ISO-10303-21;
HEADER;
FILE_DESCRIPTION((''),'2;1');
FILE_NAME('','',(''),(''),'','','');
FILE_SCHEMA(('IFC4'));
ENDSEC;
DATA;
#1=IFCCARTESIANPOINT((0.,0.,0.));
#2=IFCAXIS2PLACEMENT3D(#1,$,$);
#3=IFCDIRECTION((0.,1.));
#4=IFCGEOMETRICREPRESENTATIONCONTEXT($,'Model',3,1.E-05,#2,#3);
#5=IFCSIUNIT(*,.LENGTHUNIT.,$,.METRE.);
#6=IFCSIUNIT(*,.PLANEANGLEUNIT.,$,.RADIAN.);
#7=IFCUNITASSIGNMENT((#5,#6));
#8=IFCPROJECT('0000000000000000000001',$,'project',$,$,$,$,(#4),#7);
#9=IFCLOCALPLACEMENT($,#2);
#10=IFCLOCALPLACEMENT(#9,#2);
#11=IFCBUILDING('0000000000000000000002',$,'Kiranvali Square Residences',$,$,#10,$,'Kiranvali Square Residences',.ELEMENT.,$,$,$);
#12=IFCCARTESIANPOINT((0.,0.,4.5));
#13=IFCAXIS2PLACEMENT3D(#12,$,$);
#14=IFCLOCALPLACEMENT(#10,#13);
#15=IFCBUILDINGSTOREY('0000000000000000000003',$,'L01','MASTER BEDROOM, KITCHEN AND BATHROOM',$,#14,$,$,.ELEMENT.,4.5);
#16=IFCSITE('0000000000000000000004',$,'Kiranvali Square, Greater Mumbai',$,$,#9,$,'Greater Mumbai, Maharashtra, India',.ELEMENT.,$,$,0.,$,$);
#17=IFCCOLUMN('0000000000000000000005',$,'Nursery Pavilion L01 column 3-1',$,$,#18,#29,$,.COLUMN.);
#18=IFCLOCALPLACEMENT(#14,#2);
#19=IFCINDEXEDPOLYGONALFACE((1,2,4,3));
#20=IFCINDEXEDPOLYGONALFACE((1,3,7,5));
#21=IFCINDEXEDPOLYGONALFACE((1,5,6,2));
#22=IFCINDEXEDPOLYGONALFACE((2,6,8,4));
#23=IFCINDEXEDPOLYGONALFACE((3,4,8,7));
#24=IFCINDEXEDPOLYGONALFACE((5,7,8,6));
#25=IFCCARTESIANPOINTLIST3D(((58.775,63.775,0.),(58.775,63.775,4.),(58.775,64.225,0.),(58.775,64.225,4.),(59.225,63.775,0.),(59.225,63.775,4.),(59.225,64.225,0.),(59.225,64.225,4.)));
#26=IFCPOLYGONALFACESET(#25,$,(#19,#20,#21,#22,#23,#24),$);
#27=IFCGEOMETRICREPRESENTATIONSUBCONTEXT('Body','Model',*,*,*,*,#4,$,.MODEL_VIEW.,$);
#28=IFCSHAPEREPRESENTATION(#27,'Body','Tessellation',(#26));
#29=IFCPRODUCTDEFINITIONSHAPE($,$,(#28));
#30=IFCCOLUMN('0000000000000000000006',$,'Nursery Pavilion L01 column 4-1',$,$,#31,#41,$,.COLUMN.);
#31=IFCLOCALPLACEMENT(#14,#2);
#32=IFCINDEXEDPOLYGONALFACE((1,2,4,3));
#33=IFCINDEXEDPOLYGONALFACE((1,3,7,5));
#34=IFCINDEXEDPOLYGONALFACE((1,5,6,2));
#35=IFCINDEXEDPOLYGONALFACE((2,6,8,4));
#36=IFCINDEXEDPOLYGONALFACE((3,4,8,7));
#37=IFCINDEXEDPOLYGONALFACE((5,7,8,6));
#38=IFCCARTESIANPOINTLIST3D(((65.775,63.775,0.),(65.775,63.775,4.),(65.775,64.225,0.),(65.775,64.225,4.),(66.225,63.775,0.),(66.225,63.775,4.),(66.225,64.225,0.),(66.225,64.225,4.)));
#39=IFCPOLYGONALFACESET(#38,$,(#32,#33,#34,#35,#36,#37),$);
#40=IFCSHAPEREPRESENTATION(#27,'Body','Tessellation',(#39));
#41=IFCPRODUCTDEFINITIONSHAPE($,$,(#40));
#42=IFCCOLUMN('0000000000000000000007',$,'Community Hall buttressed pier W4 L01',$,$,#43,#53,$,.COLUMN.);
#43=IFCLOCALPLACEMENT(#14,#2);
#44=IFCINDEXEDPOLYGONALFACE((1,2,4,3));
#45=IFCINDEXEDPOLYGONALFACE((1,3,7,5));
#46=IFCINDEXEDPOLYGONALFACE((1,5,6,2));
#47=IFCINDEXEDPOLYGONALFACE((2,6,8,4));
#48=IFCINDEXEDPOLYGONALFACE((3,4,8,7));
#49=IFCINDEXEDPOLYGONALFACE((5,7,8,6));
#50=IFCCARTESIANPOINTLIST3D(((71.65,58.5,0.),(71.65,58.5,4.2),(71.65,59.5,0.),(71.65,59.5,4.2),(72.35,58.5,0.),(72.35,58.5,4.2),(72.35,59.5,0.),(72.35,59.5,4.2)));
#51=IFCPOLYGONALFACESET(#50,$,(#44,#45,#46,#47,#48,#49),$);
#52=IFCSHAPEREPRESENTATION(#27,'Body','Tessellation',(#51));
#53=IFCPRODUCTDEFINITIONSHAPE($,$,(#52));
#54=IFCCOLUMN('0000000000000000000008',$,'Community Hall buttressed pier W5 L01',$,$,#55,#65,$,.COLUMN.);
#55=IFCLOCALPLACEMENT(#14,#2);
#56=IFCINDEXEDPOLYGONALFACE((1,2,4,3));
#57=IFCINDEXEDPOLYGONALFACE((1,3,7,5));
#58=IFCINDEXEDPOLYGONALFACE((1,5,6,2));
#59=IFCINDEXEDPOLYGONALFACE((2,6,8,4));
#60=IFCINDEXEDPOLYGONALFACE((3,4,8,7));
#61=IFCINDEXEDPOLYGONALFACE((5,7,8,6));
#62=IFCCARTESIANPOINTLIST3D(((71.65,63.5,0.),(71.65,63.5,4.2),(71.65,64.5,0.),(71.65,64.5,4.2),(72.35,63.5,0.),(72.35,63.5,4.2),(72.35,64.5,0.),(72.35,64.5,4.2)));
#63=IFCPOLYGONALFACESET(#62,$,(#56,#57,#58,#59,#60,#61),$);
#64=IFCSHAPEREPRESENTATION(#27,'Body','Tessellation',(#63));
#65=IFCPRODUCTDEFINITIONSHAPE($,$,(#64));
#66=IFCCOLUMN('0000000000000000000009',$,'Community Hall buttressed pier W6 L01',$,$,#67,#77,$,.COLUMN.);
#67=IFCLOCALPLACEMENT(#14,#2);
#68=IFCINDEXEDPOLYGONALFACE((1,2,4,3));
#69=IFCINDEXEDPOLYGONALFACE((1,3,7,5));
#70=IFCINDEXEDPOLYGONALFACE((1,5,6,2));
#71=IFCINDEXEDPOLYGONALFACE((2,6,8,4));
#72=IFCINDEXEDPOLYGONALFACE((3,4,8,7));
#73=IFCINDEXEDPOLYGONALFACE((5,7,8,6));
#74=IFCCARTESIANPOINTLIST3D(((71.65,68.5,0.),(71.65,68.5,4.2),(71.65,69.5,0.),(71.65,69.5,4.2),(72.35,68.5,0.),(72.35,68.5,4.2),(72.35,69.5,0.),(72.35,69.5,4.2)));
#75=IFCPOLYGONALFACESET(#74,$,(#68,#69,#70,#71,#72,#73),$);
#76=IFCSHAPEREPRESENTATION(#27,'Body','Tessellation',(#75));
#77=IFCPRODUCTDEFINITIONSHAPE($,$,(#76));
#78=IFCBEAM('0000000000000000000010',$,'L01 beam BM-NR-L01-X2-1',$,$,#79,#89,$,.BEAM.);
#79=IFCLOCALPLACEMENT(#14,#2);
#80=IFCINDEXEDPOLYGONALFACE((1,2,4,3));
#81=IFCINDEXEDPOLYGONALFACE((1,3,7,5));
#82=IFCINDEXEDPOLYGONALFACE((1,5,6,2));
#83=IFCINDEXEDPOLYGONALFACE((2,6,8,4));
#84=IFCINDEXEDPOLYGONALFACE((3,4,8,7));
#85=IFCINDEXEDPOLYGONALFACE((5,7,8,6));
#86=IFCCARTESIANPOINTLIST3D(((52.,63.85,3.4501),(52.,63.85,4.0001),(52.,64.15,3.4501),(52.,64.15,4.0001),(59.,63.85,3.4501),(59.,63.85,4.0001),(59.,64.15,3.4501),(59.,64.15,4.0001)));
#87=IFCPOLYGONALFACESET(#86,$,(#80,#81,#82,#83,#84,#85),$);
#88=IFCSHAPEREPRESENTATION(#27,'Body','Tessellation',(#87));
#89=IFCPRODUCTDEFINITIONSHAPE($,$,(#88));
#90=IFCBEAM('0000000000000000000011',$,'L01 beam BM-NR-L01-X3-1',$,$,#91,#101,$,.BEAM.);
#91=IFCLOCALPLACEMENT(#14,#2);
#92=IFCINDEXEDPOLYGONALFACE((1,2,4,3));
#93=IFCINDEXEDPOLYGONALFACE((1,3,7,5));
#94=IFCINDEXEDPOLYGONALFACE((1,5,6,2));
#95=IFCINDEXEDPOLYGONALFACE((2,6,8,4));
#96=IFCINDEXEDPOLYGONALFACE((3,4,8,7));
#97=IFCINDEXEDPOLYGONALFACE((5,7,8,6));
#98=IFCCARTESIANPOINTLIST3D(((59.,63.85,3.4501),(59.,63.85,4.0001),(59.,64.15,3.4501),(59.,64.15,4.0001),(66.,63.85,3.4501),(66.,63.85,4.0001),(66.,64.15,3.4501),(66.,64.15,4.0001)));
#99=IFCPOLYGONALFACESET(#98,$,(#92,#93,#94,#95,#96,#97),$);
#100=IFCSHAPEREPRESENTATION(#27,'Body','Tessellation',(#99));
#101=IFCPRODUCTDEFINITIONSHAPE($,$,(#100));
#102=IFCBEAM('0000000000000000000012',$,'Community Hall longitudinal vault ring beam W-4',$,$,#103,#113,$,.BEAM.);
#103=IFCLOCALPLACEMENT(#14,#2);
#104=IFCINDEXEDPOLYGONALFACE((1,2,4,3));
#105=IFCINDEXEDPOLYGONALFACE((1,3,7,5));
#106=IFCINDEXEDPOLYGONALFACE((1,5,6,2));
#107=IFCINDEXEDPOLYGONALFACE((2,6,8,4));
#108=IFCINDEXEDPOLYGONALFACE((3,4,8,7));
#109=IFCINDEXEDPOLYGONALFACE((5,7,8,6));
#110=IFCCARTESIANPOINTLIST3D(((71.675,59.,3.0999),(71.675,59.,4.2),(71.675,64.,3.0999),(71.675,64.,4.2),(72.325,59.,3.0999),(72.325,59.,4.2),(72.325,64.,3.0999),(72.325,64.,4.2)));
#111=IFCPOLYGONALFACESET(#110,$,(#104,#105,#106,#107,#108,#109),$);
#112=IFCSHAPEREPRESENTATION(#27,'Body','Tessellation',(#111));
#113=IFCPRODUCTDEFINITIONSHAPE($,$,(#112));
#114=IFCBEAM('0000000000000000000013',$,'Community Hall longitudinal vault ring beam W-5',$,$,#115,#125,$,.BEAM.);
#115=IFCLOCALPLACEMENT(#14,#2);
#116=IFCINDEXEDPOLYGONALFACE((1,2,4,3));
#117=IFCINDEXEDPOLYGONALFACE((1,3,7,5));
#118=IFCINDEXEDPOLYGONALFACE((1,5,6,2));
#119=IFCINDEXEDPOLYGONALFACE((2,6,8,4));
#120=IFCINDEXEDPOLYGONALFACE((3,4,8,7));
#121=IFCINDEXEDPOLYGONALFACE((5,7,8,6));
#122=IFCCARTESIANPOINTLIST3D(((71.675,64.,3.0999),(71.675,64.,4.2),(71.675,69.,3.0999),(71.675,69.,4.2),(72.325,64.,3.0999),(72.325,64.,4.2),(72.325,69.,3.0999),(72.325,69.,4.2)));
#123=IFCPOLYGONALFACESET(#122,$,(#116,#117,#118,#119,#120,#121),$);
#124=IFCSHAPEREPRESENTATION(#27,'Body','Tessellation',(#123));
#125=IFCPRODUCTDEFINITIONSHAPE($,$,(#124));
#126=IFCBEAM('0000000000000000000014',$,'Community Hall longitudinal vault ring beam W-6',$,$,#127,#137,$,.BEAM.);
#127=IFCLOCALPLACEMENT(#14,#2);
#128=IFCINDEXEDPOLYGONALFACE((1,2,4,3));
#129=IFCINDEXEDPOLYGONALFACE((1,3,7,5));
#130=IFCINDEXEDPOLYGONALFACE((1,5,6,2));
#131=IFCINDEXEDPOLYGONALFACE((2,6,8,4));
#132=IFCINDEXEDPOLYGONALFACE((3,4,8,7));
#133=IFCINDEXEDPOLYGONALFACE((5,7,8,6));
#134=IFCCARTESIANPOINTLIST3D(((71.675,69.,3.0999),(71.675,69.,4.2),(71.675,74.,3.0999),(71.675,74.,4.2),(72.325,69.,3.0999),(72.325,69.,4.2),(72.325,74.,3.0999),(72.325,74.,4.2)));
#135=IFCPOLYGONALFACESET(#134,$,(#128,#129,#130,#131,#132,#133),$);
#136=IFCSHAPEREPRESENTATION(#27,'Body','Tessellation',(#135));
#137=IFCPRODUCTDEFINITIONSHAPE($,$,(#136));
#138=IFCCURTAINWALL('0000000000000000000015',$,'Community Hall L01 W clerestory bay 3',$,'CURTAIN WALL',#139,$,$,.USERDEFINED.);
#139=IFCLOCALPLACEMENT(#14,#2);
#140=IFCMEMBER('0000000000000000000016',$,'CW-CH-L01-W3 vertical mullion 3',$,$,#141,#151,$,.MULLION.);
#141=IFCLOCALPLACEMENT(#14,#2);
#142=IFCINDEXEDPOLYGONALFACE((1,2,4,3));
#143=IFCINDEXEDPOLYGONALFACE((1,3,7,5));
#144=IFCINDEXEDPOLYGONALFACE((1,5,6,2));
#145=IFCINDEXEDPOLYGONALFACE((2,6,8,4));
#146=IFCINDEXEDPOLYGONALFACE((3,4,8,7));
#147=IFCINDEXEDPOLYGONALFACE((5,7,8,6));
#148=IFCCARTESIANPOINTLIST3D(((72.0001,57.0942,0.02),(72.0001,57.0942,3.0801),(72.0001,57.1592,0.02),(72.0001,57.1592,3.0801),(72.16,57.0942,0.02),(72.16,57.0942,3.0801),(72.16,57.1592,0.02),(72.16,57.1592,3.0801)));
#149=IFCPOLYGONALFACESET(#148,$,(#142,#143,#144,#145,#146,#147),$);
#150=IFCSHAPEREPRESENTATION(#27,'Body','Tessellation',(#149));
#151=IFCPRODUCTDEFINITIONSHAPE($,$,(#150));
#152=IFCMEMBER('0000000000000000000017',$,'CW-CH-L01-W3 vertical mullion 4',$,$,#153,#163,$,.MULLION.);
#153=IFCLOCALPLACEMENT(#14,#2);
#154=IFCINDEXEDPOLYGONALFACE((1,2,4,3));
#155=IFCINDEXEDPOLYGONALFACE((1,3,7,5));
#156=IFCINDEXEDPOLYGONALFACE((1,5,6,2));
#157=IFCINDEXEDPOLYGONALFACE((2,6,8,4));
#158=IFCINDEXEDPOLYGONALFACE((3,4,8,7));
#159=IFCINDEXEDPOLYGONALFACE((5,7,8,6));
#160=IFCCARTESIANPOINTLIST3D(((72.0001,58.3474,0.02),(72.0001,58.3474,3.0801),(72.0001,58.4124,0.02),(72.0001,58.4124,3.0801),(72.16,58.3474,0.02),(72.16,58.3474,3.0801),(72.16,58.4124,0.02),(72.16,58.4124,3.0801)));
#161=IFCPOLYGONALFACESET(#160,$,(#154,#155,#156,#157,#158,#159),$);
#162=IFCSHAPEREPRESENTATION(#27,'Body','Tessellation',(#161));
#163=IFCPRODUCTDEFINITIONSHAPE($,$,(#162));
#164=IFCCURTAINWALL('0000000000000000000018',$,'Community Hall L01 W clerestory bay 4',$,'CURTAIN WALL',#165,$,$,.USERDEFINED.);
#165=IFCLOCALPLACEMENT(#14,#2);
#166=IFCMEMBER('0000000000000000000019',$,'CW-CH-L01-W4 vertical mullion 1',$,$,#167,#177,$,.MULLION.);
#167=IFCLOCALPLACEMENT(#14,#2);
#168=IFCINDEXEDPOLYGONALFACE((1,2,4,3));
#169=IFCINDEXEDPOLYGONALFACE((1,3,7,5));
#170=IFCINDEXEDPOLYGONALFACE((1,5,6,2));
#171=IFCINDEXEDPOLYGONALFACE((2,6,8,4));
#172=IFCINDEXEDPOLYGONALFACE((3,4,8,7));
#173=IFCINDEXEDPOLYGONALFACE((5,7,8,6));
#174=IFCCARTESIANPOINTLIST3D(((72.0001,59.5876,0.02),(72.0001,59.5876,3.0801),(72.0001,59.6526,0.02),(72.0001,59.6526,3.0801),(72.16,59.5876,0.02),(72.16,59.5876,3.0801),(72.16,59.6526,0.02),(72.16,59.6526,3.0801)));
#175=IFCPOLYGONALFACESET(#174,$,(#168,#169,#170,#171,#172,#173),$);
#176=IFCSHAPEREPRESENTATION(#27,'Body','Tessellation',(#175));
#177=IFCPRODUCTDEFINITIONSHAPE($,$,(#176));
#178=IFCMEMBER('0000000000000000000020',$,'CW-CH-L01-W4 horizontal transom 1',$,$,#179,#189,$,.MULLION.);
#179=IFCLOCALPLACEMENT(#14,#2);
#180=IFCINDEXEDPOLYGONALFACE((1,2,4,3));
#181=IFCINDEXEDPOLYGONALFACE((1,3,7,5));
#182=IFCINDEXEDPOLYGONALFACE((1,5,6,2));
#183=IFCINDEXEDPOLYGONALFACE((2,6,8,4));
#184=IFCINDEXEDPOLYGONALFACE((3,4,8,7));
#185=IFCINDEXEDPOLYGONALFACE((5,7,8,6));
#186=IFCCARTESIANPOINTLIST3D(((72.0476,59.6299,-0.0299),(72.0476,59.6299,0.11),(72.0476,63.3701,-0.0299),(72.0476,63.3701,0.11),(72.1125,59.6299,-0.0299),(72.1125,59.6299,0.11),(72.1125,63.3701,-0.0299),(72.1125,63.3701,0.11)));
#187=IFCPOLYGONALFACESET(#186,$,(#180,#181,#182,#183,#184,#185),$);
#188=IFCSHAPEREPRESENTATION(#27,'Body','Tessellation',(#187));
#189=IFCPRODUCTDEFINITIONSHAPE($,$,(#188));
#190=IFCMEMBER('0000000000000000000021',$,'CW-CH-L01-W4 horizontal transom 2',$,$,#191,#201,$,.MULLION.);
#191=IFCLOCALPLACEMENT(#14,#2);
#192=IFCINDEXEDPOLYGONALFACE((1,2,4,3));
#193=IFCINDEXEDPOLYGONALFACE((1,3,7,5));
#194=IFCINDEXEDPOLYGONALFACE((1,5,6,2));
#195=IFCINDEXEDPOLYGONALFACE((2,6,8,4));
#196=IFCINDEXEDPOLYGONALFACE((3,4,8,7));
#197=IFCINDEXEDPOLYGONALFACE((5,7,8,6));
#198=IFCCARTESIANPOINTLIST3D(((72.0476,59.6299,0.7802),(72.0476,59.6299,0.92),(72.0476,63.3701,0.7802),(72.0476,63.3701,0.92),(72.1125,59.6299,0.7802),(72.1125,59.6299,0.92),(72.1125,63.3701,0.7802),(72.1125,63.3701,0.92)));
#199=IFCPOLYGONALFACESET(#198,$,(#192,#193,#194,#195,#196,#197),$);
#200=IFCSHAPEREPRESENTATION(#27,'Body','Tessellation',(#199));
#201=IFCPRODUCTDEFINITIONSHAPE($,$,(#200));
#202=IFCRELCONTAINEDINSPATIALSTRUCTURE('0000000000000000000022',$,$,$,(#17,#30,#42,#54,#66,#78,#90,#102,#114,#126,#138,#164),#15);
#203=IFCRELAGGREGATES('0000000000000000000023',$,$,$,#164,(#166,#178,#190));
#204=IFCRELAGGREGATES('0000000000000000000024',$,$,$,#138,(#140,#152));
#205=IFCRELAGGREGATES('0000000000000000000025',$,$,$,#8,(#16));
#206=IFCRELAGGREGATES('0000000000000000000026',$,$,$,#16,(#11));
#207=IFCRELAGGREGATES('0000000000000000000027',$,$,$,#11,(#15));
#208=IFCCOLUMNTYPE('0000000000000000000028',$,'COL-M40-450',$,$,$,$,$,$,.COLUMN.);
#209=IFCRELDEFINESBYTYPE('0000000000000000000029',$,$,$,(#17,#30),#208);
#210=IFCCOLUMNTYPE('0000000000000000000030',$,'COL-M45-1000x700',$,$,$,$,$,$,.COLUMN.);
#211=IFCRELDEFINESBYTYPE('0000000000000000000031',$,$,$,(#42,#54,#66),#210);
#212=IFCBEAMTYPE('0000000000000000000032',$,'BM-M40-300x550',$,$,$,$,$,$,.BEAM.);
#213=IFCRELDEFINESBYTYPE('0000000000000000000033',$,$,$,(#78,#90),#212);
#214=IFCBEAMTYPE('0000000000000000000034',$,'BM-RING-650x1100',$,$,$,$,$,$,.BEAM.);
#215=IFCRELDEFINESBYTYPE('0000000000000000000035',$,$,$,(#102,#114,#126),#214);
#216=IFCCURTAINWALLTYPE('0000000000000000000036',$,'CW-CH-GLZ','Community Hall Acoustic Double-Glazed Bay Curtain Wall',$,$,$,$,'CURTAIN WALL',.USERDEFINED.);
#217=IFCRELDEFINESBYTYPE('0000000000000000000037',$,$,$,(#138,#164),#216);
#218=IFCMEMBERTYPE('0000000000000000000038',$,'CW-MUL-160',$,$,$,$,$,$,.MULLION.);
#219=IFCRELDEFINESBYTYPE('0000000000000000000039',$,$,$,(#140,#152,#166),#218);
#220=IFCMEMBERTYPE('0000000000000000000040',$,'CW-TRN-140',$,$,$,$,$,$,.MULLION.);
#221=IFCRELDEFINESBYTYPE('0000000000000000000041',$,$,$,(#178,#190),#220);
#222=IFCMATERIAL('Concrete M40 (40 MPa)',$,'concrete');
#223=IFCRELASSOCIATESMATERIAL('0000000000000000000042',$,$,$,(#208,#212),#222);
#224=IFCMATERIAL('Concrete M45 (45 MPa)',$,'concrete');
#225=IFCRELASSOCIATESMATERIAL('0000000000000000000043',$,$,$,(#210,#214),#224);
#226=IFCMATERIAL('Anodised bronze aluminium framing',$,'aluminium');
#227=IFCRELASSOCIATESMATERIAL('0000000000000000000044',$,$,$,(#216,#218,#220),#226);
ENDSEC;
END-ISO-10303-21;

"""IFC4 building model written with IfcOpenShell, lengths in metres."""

from ifc_helpers import new_model, si_unit, direction, frame, origin, origin_2d, place, context, subcontext, project, spatial, rectangle, extrude, material, material_profile, profile_set, type_object, element, aggregate, save


model = new_model("IFC4")

# Units and contexts
model_context = context("Model", 3, precision=1e-05, world=origin(), true_north=direction((0.0, 1.0)))
body_context = subcontext(model_context, "Body", "Model", "MODEL_VIEW")
ifc_project = project(units=[si_unit("LENGTHUNIT", "METRE"), si_unit("PLANEANGLEUNIT", "RADIAN")], contexts=[model_context])

# Site, building, storey
site_placement = place(None, origin())
site = spatial("IfcSite", under=ifc_project, at=site_placement, Name="Kiranvali Square, Greater Mumbai", LongName="Greater Mumbai, Maharashtra, India", CompositionType="ELEMENT", RefElevation=0.0)
building_placement = place(site_placement, origin())
building = spatial("IfcBuilding", under=site, at=building_placement, Name="Kiranvali Square Residences", LongName="Kiranvali Square Residences", CompositionType="ELEMENT")
storey_placement = place(building_placement, frame((0.0, 0.0, 4.5)))
storey = spatial("IfcBuildingStorey", under=building, at=storey_placement, Name="L01", Description="MASTER BEDROOM, KITCHEN AND BATHROOM", CompositionType="ELEMENT", Elevation=4.5)

# Columns
ifc_material_1 = material(Name="Concrete M40 (40 MPa)", Category="concrete")
ifc_material_profile_1 = material_profile(ifc_material_1, rectangle(XDim=0.45, YDim=0.45, at=origin_2d()), Name="RC 450x450")
ifc_profile_set_1 = profile_set([ifc_material_profile_1], Name="Concrete M40 (40 MPa)")
column_type_1 = type_object("IfcColumnType", Name="COL-M40-450", PredefinedType="COLUMN", material=ifc_profile_set_1)
for number, where, z_axis, x_axis, name in (
    (1, (59.0, 64.0, 0.0), (0.0, 0.0, 1.0), (1.0, 0.0, 0.0), "Nursery Pavilion L01 column 3-1"),
    (2, (66.0, 64.0, 0.0), (0.0, 0.0, 1.0), (1.0, 0.0, 0.0), "Nursery Pavilion L01 column 4-1"),
):
    element("IfcColumn", number, at=place(storey_placement, frame(where, z_axis=z_axis, x_axis=x_axis)), inside=storey, type_object=column_type_1, Name=name, PredefinedType="COLUMN", context=body_context, shape_type="SweptSolid", body=[
        extrude(rectangle(XDim=0.45, YDim=0.45, at=origin_2d()), origin(), (0.0, 0.0, 1.0), 4.0),
    ])
ifc_material_2 = material(Name="Concrete M45 (45 MPa)", Category="concrete")
ifc_material_profile_2 = material_profile(ifc_material_2, rectangle(XDim=0.7, YDim=1.0, at=origin_2d()), Name="RC 1000x700")
ifc_profile_set_2 = profile_set([ifc_material_profile_2], Name="Concrete M45 (45 MPa)")
column_type_2 = type_object("IfcColumnType", Name="COL-M45-1000x700", PredefinedType="COLUMN", material=ifc_profile_set_2)
for number, where, z_axis, x_axis, name in (
    (3, (72.0, 59.0, 0.0), (0.0, 0.0, 1.0), (1.0, 0.0, 0.0), "Community Hall buttressed pier W4 L01"),
    (4, (72.0, 64.0, 0.0), (0.0, 0.0, 1.0), (1.0, 0.0, 0.0), "Community Hall buttressed pier W5 L01"),
    (5, (72.0, 69.0, 0.0), (0.0, 0.0, 1.0), (1.0, 0.0, 0.0), "Community Hall buttressed pier W6 L01"),
):
    element("IfcColumn", number, at=place(storey_placement, frame(where, z_axis=z_axis, x_axis=x_axis)), inside=storey, type_object=column_type_2, Name=name, PredefinedType="COLUMN", context=body_context, shape_type="SweptSolid", body=[
        extrude(rectangle(XDim=0.7, YDim=1.0, at=origin_2d()), origin(), (0.0, 0.0, 1.0), 4.2),
    ])

# Beams
ifc_material_profile_3 = material_profile(ifc_material_1, rectangle(XDim=0.3, YDim=0.55, at=origin_2d()), Name="RC 300x550")
ifc_profile_set_3 = profile_set([ifc_material_profile_3], Name="Concrete M40 (40 MPa)")
beam_type_1 = type_object("IfcBeamType", Name="BM-M40-300x550", PredefinedType="BEAM", material=ifc_profile_set_3)
for number, where, z_axis, x_axis, name in (
    (6, (52.0, 64.0, 3.7251), (1.0, 0.0, 0.0), (0.0, 1.0, 0.0), "L01 beam BM-NR-L01-X2-1"),
    (7, (59.0, 64.0, 3.7251), (1.0, 0.0, 0.0), (0.0, 1.0, 0.0), "L01 beam BM-NR-L01-X3-1"),
):
    element("IfcBeam", number, at=place(storey_placement, frame(where, z_axis=z_axis, x_axis=x_axis)), inside=storey, type_object=beam_type_1, Name=name, PredefinedType="BEAM", context=body_context, shape_type="SweptSolid", body=[
        extrude(rectangle(XDim=0.3, YDim=0.55, at=origin_2d()), origin(), (0.0, 0.0, 1.0), 7.0),
    ])
ifc_material_profile_4 = material_profile(ifc_material_2, rectangle(XDim=0.6499, YDim=1.1001, at=origin_2d()), Name="RC 650x1100")
ifc_profile_set_4 = profile_set([ifc_material_profile_4], Name="Concrete M45 (45 MPa)")
beam_type_2 = type_object("IfcBeamType", Name="BM-RING-650x1100", PredefinedType="BEAM", material=ifc_profile_set_4)
for number, where, z_axis, x_axis, name in (
    (8, (72.0, 59.0, 3.6499), (0.0, 1.0, 0.0), (-1.0, 0.0, 0.0), "Community Hall longitudinal vault ring beam W-4"),
    (9, (72.0, 64.0, 3.6499), (0.0, 1.0, 0.0), (-1.0, 0.0, 0.0), "Community Hall longitudinal vault ring beam W-5"),
    (10, (72.0, 69.0, 3.6499), (0.0, 1.0, 0.0), (-1.0, 0.0, 0.0), "Community Hall longitudinal vault ring beam W-6"),
):
    element("IfcBeam", number, at=place(storey_placement, frame(where, z_axis=z_axis, x_axis=x_axis)), inside=storey, type_object=beam_type_2, Name=name, PredefinedType="BEAM", context=body_context, shape_type="SweptSolid", body=[
        extrude(rectangle(XDim=0.6499, YDim=1.1001, at=origin_2d()), origin(), (0.0, 0.0, 1.0), 5.0),
    ])

# Curtain walls, members
ifc_material_3 = material(Name="Anodised bronze aluminium framing", Category="aluminium")
curtain_wall_type = type_object("IfcCurtainWallType", Name="CW-CH-GLZ", Description="Community Hall Acoustic Double-Glazed Bay Curtain Wall", ElementType="CURTAIN WALL", PredefinedType="USERDEFINED", material=ifc_material_3)
curtain_wall_1_placement = place(storey_placement, origin())
curtain_wall_1 = element("IfcCurtainWall", 11, at=curtain_wall_1_placement, inside=storey, type_object=curtain_wall_type, Name="Community Hall L01 W clerestory bay 3", ObjectType="CURTAIN WALL", PredefinedType="USERDEFINED")
ifc_material_profile_5 = material_profile(ifc_material_3, rectangle(XDim=0.0649, YDim=0.1599, at=origin_2d()), Name="ALU 65x160")
ifc_profile_set_5 = profile_set([ifc_material_profile_5], Name="Anodised bronze aluminium framing")
member_type_1 = type_object("IfcMemberType", Name="CW-MUL-160", PredefinedType="MULLION", material=ifc_profile_set_5)
member_1_placement = place(storey_placement, frame((72.0801, 57.1267, 0.02), z_axis=(0.0, 0.0, 1.0), x_axis=(0.0, 1.0, 0.0)))
member_1 = element("IfcMember", 12, at=member_1_placement, type_object=member_type_1, Name="CW-CH-L01-W3 vertical mullion 3", PredefinedType="MULLION", context=body_context, shape_type="SweptSolid", body=[
    extrude(rectangle(XDim=0.0649, YDim=0.1599, at=origin_2d()), origin(), (0.0, 0.0, 1.0), 3.0601),
])
member_2_placement = place(storey_placement, frame((72.0801, 58.3799, 0.02), z_axis=(0.0, 0.0, 1.0), x_axis=(0.0, 1.0, 0.0)))
member_2 = element("IfcMember", 13, at=member_2_placement, type_object=member_type_1, Name="CW-CH-L01-W3 vertical mullion 4", PredefinedType="MULLION", context=body_context, shape_type="SweptSolid", body=[
    extrude(rectangle(XDim=0.0649, YDim=0.1599, at=origin_2d()), origin(), (0.0, 0.0, 1.0), 3.0601),
])
curtain_wall_2_placement = place(storey_placement, origin())
curtain_wall_2 = element("IfcCurtainWall", 14, at=curtain_wall_2_placement, inside=storey, type_object=curtain_wall_type, Name="Community Hall L01 W clerestory bay 4", ObjectType="CURTAIN WALL", PredefinedType="USERDEFINED")
member_3_placement = place(storey_placement, frame((72.0801, 59.6201, 0.02), z_axis=(0.0, 0.0, 1.0), x_axis=(0.0, 1.0, 0.0)))
member_3 = element("IfcMember", 15, at=member_3_placement, type_object=member_type_1, Name="CW-CH-L01-W4 vertical mullion 1", PredefinedType="MULLION", context=body_context, shape_type="SweptSolid", body=[
    extrude(rectangle(XDim=0.0649, YDim=0.1599, at=origin_2d()), origin(), (0.0, 0.0, 1.0), 3.0601),
])
ifc_material_profile_6 = material_profile(ifc_material_3, rectangle(XDim=0.0649, YDim=0.1399, at=origin_2d()), Name="ALU 65x140")
ifc_profile_set_6 = profile_set([ifc_material_profile_6], Name="Anodised bronze aluminium framing")
member_type_2 = type_object("IfcMemberType", Name="CW-TRN-140", PredefinedType="MULLION", material=ifc_profile_set_6)
member_4_placement = place(storey_placement, frame((72.0801, 59.6299, 0.04), z_axis=(0.0, 1.0, 0.0), x_axis=(-1.0, 0.0, 0.0)))
member_4 = element("IfcMember", 16, at=member_4_placement, type_object=member_type_2, Name="CW-CH-L01-W4 horizontal transom 1", PredefinedType="MULLION", context=body_context, shape_type="SweptSolid", body=[
    extrude(rectangle(XDim=0.0649, YDim=0.1399, at=origin_2d()), origin(), (0.0, 0.0, 1.0), 3.7402),
])
member_5_placement = place(storey_placement, frame((72.0801, 59.6299, 0.8501), z_axis=(0.0, 1.0, 0.0), x_axis=(-1.0, 0.0, 0.0)))
member_5 = element("IfcMember", 17, at=member_5_placement, type_object=member_type_2, Name="CW-CH-L01-W4 horizontal transom 2", PredefinedType="MULLION", context=body_context, shape_type="SweptSolid", body=[
    extrude(rectangle(XDim=0.0649, YDim=0.1399, at=origin_2d()), origin(), (0.0, 0.0, 1.0), 3.7402),
])
aggregate(curtain_wall_2, [member_3, member_4, member_5])

aggregate(curtain_wall_1, [member_1, member_2])

save(model, "model.ifc")
